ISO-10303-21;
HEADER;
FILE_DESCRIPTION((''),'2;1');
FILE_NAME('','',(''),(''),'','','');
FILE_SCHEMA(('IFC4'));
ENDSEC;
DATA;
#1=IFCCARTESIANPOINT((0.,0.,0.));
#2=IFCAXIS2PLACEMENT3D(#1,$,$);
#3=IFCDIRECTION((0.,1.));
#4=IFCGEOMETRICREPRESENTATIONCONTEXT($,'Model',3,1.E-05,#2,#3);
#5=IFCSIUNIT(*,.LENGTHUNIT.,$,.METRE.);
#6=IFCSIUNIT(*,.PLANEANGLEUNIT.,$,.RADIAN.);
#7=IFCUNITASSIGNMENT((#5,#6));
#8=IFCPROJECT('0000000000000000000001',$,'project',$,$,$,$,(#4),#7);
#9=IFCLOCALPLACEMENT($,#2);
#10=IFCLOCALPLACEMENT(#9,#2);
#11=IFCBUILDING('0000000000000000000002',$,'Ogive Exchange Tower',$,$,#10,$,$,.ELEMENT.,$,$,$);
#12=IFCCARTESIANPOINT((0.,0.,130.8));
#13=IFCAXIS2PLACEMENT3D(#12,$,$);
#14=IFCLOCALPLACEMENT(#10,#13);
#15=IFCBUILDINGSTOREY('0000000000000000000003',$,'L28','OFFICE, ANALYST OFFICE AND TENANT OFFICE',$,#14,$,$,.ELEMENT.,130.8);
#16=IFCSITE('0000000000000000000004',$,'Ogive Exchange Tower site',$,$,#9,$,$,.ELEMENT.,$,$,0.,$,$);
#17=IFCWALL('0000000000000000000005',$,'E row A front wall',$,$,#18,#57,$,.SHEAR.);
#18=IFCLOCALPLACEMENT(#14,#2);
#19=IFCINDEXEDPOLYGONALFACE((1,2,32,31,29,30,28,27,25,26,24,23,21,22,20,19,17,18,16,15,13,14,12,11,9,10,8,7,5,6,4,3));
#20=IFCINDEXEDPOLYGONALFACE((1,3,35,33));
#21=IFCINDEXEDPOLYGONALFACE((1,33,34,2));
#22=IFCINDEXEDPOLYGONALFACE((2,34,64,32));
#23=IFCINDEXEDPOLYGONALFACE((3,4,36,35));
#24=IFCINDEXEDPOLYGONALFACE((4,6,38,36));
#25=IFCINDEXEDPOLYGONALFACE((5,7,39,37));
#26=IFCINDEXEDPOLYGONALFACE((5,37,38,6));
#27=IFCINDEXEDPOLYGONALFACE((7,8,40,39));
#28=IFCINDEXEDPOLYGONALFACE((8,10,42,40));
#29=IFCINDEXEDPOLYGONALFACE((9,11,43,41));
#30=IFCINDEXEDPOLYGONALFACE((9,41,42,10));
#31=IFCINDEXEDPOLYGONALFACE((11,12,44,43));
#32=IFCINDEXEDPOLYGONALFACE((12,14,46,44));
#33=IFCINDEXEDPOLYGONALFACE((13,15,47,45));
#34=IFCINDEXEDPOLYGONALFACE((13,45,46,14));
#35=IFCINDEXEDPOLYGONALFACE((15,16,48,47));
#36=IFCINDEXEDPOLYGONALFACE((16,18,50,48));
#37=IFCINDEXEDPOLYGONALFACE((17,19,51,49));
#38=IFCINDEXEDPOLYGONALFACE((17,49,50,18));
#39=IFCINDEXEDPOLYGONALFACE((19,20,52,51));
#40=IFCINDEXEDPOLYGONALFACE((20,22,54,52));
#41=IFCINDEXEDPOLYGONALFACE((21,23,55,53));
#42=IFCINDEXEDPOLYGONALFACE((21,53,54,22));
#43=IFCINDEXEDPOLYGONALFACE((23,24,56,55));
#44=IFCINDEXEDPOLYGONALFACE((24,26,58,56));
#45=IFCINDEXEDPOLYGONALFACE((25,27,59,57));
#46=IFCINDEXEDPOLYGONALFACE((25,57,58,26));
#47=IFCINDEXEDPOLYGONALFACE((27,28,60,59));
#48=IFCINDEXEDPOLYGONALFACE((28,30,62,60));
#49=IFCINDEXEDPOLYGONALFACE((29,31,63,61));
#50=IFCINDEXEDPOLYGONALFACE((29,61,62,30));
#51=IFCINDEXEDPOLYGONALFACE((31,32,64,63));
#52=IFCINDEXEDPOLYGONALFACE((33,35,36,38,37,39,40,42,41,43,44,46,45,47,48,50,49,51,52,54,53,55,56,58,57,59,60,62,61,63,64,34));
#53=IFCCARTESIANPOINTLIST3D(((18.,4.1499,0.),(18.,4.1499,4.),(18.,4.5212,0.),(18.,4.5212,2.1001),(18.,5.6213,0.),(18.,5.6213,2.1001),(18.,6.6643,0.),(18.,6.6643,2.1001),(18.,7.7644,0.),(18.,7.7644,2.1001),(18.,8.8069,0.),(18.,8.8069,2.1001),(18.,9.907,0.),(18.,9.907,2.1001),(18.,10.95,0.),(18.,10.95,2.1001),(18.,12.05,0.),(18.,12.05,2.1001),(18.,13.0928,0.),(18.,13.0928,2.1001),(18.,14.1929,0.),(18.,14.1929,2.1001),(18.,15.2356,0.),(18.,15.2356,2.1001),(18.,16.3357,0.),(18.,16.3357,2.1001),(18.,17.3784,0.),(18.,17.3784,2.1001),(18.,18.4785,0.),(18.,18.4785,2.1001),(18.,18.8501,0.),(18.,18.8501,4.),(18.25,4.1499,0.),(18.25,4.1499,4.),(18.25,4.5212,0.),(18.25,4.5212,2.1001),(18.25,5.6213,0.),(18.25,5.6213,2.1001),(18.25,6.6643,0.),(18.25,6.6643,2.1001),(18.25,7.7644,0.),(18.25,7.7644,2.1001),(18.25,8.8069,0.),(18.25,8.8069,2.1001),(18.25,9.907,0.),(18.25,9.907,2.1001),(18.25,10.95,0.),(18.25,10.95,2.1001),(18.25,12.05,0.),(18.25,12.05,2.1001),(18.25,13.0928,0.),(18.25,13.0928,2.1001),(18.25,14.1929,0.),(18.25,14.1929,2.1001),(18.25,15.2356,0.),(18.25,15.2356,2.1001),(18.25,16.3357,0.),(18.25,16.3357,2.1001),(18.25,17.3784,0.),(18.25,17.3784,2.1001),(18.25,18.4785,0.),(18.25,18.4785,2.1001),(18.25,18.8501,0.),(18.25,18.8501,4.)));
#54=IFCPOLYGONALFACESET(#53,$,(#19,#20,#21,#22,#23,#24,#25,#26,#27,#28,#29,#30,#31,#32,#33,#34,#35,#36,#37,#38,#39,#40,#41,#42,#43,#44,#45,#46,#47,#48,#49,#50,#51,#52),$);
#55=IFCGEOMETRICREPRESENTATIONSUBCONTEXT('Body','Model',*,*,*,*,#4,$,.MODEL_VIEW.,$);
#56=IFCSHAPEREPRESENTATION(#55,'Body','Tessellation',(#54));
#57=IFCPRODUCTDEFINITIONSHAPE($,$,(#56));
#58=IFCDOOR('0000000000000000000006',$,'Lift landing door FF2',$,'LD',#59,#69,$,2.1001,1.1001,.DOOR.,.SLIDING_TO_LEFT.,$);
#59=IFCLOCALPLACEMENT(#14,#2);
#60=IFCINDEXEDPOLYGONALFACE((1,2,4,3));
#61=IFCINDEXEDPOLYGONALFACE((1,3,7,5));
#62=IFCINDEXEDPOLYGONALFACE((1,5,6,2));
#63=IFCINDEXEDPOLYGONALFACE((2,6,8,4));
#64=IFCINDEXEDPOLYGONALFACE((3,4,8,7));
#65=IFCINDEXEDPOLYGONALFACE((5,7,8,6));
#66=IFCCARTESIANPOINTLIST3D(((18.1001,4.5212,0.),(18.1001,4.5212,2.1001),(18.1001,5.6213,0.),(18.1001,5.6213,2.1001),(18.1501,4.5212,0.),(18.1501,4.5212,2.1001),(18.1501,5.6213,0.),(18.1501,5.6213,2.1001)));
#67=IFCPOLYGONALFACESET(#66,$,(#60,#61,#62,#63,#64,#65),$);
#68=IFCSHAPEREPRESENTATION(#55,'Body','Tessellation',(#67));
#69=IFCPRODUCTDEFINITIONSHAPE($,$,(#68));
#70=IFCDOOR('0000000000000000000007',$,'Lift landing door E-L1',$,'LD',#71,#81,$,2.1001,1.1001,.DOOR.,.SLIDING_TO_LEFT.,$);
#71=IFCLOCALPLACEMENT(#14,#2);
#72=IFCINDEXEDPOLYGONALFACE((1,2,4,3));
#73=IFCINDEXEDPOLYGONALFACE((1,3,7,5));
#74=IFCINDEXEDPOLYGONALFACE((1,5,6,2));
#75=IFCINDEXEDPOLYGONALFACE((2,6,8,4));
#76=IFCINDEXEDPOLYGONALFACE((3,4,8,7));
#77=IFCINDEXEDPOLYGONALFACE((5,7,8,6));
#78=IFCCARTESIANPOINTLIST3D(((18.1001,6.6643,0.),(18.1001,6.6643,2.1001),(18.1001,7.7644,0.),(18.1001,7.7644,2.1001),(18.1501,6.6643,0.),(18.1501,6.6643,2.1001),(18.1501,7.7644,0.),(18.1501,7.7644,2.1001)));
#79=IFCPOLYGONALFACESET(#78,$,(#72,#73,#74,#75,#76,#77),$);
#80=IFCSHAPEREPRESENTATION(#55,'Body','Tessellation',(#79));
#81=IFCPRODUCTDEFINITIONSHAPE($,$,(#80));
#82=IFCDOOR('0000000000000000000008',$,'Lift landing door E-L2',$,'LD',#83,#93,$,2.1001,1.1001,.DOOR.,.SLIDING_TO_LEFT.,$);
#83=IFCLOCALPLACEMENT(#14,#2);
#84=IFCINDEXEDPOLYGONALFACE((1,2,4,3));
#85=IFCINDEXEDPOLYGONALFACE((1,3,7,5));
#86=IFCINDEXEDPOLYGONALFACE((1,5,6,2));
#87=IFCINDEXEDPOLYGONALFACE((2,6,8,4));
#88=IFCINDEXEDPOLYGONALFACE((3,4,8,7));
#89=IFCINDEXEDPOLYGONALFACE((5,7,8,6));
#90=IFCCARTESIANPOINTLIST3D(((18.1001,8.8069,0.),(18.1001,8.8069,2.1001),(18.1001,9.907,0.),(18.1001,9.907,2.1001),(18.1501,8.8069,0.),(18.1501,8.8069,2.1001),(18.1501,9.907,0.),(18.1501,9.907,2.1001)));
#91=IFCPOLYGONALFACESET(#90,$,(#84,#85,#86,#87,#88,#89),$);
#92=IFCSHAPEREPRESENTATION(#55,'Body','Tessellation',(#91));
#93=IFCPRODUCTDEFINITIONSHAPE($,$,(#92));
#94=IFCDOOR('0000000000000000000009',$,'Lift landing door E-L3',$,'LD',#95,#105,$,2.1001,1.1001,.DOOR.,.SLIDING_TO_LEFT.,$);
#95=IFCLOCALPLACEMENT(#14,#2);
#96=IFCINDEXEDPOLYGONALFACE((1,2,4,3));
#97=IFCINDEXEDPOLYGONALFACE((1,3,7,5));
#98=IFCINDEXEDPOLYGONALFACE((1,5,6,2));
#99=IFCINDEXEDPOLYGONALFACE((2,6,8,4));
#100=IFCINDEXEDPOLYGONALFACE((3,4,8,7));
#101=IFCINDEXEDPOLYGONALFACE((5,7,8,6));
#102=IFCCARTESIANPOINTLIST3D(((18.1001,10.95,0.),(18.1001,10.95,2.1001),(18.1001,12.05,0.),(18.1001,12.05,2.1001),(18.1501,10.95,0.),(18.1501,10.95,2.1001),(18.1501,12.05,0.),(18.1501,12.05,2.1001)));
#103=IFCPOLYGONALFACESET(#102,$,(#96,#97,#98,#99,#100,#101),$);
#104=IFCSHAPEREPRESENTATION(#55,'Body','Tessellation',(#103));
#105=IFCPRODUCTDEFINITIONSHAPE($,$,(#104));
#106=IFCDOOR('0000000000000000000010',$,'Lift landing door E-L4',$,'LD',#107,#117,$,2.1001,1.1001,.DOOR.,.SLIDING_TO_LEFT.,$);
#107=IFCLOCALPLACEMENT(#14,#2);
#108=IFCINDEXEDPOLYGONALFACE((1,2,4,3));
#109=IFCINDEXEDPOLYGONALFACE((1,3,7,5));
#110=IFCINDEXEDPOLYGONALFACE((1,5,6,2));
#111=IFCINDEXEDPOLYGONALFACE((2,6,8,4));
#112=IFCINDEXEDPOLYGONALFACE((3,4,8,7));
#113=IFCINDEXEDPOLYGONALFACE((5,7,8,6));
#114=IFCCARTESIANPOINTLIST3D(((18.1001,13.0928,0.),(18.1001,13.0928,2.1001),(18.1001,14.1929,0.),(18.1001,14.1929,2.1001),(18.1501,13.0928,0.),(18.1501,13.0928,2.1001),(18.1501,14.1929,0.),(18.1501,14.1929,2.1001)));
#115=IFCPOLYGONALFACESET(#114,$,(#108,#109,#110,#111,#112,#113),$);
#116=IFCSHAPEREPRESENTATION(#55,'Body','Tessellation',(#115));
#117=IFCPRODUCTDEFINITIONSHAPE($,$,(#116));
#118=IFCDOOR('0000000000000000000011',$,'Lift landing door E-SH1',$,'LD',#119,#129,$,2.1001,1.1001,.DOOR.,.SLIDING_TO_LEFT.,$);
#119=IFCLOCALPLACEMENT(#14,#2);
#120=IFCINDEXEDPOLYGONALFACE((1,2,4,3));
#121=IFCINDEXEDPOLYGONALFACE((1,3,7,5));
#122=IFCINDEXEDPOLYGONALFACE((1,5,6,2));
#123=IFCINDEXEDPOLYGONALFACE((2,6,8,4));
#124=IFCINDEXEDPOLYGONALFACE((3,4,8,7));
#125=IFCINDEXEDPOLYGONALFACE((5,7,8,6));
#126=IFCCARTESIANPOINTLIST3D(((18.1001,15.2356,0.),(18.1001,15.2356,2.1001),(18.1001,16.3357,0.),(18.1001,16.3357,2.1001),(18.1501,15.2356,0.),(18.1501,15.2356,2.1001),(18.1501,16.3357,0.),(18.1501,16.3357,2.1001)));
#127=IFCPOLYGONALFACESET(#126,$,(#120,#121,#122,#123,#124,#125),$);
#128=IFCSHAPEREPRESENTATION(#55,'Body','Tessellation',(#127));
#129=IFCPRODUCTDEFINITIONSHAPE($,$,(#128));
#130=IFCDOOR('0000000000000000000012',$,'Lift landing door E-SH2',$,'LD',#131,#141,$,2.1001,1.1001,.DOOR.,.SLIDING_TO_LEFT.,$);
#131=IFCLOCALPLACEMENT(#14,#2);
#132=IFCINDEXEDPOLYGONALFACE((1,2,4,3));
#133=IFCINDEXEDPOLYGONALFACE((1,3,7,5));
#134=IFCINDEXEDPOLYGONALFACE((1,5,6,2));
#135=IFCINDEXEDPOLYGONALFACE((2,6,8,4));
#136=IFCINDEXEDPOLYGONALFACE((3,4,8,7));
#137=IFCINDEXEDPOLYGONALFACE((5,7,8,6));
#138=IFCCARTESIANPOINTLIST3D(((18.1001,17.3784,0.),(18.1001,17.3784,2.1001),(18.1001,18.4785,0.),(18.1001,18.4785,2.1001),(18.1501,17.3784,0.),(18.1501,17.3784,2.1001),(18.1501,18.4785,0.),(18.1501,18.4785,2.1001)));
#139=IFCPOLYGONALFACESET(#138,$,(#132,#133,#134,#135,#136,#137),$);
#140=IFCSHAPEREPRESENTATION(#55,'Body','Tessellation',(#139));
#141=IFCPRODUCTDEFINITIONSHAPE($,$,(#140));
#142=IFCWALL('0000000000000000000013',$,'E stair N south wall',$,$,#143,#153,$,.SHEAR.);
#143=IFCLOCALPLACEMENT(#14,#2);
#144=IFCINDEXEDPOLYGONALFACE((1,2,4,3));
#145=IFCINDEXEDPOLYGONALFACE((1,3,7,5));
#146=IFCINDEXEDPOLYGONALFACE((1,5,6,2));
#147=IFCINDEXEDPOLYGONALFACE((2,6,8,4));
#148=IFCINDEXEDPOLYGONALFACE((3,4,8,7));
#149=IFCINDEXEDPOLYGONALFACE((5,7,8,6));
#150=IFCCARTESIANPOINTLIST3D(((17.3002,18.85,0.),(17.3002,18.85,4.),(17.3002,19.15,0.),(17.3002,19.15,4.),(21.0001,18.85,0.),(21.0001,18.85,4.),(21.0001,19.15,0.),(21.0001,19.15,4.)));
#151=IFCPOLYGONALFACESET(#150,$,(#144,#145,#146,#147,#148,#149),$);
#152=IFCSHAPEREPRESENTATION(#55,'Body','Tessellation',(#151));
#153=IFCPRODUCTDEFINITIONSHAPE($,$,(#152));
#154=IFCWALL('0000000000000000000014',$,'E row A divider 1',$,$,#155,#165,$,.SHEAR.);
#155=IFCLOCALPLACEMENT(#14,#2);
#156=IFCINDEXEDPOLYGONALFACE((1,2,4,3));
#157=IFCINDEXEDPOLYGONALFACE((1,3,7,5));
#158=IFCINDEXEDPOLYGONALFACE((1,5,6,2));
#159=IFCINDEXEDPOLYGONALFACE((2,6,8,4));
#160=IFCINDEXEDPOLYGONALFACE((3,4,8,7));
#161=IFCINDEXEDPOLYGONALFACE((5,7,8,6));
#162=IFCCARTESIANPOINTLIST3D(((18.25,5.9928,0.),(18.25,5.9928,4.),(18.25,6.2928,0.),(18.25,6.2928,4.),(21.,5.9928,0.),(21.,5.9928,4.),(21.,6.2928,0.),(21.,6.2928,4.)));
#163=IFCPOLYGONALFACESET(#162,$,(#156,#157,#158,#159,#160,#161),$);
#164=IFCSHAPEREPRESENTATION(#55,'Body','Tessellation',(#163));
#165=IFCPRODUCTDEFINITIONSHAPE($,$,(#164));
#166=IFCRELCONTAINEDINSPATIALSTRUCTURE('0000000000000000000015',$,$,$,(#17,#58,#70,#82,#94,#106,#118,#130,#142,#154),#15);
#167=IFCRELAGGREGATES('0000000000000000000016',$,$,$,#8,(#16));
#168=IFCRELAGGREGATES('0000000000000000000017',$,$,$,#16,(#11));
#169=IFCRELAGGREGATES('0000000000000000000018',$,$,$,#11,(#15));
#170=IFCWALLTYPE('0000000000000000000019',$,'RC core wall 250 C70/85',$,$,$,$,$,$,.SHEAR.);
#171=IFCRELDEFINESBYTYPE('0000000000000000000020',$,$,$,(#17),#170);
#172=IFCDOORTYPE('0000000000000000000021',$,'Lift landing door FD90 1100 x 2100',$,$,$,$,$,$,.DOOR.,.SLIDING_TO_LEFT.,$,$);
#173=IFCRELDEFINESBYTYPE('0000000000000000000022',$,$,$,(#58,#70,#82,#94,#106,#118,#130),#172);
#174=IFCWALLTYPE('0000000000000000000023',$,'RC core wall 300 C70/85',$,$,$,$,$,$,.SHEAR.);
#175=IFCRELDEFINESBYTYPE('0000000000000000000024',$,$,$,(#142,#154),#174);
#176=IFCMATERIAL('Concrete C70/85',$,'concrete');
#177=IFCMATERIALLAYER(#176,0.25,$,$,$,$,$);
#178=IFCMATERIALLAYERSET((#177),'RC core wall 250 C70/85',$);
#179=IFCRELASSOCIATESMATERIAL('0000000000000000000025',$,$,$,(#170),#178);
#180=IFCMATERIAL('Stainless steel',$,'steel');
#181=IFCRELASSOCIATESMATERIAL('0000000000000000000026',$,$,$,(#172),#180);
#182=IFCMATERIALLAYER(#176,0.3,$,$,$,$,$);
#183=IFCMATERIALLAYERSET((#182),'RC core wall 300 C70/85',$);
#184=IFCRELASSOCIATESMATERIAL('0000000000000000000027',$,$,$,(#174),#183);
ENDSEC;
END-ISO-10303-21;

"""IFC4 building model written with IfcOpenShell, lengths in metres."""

from ifc_helpers import new_model, si_unit, direction, frame, frame_2d, origin, place, context, subcontext, project, spatial, rectangle, extrude, material, layer, layer_set, type_object, element, fill, save


model = new_model("IFC4")

# Units and contexts
model_context = context("Model", 3, precision=1e-05, world=origin(), true_north=direction((0.0, 1.0)))
body_context = subcontext(model_context, "Body", "Model", "MODEL_VIEW")
ifc_project = project(units=[si_unit("LENGTHUNIT", "METRE"), si_unit("PLANEANGLEUNIT", "RADIAN")], contexts=[model_context])

# Site, building, storey
site_placement = place(None, origin())
site = spatial("IfcSite", under=ifc_project, at=site_placement, Name="Ogive Exchange Tower site", CompositionType="ELEMENT", RefElevation=0.0)
building_placement = place(site_placement, origin())
building = spatial("IfcBuilding", under=site, at=building_placement, Name="Ogive Exchange Tower", CompositionType="ELEMENT")
storey_placement = place(building_placement, frame((0.0, 0.0, 130.8)))
storey = spatial("IfcBuildingStorey", under=building, at=storey_placement, Name="L28", Description="OFFICE, ANALYST OFFICE AND TENANT OFFICE", CompositionType="ELEMENT", Elevation=130.8)

# Shared definitions
ifc_material_1 = material(Name="Concrete C70/85", Category="concrete")
ifc_layer_1 = layer(ifc_material_1, 0.25)
ifc_layer_set_1 = layer_set([ifc_layer_1], Name="RC core wall 250 C70/85")
wall_type_1 = type_object("IfcWallType", Name="RC core wall 250 C70/85", PredefinedType="SHEAR", material=ifc_layer_set_1)

# Wall, openings, doors
wall_1_placement = place(storey_placement, frame((18.125, 4.1499, 0.0), z_axis=(0.0, 0.0, 1.0), x_axis=(0.0, 1.0, 0.0)))
wall_1 = element("IfcWall", 1, at=wall_1_placement, inside=storey, type_object=wall_type_1, Name="E row A front wall", PredefinedType="SHEAR", context=body_context, shape_type="SweptSolid", body=[
    extrude(rectangle(XDim=14.7002, YDim=0.25, at=frame_2d((7.3501, 0.0))), origin(), (0.0, 0.0, 1.0), 4.0),
])
opening_1_placement = place(wall_1_placement, frame((0.3713, 0.0, 0.0)))
opening_1 = element("IfcOpeningElement", 2, at=opening_1_placement, cuts=wall_1, PredefinedType="OPENING", context=body_context, shape_type="SweptSolid", body=[
    extrude(rectangle(XDim=1.1001, YDim=2.1001, at=frame_2d((0.55, 1.05))), frame((0.0, 0.135, 0.0), z_axis=(0.0, -1.0, 0.0), x_axis=(1.0, 0.0, 0.0)), (0.0, 0.0, 1.0), 0.27),
])
opening_2_placement = place(wall_1_placement, frame((2.5144, 0.0, 0.0)))
opening_2 = element("IfcOpeningElement", 3, at=opening_2_placement, cuts=wall_1, PredefinedType="OPENING", context=body_context, shape_type="SweptSolid", body=[
    extrude(rectangle(XDim=1.1001, YDim=2.1001, at=frame_2d((0.55, 1.05))), frame((0.0, 0.135, 0.0), z_axis=(0.0, -1.0, 0.0), x_axis=(1.0, 0.0, 0.0)), (0.0, 0.0, 1.0), 0.27),
])
opening_3_placement = place(wall_1_placement, frame((4.657, 0.0, 0.0)))
opening_3 = element("IfcOpeningElement", 4, at=opening_3_placement, cuts=wall_1, PredefinedType="OPENING", context=body_context, shape_type="SweptSolid", body=[
    extrude(rectangle(XDim=1.1001, YDim=2.1001, at=frame_2d((0.55, 1.05))), frame((0.0, 0.135, 0.0), z_axis=(0.0, -1.0, 0.0), x_axis=(1.0, 0.0, 0.0)), (0.0, 0.0, 1.0), 0.27),
])
opening_4_placement = place(wall_1_placement, frame((6.8, 0.0, 0.0)))
opening_4 = element("IfcOpeningElement", 5, at=opening_4_placement, cuts=wall_1, PredefinedType="OPENING", context=body_context, shape_type="SweptSolid", body=[
    extrude(rectangle(XDim=1.1001, YDim=2.1001, at=frame_2d((0.55, 1.05))), frame((0.0, 0.135, 0.0), z_axis=(0.0, -1.0, 0.0), x_axis=(1.0, 0.0, 0.0)), (0.0, 0.0, 1.0), 0.27),
])
opening_5_placement = place(wall_1_placement, frame((8.9429, 0.0, 0.0)))
opening_5 = element("IfcOpeningElement", 6, at=opening_5_placement, cuts=wall_1, PredefinedType="OPENING", context=body_context, shape_type="SweptSolid", body=[
    extrude(rectangle(XDim=1.1001, YDim=2.1001, at=frame_2d((0.55, 1.05))), frame((0.0, 0.135, 0.0), z_axis=(0.0, -1.0, 0.0), x_axis=(1.0, 0.0, 0.0)), (0.0, 0.0, 1.0), 0.27),
])
opening_6_placement = place(wall_1_placement, frame((11.0857, 0.0, 0.0)))
opening_6 = element("IfcOpeningElement", 7, at=opening_6_placement, cuts=wall_1, PredefinedType="OPENING", context=body_context, shape_type="SweptSolid", body=[
    extrude(rectangle(XDim=1.1001, YDim=2.1001, at=frame_2d((0.55, 1.05))), frame((0.0, 0.135, 0.0), z_axis=(0.0, -1.0, 0.0), x_axis=(1.0, 0.0, 0.0)), (0.0, 0.0, 1.0), 0.27),
])
opening_7_placement = place(wall_1_placement, frame((13.2285, 0.0, 0.0)))
opening_7 = element("IfcOpeningElement", 8, at=opening_7_placement, cuts=wall_1, PredefinedType="OPENING", context=body_context, shape_type="SweptSolid", body=[
    extrude(rectangle(XDim=1.1001, YDim=2.1001, at=frame_2d((0.55, 1.05))), frame((0.0, 0.135, 0.0), z_axis=(0.0, -1.0, 0.0), x_axis=(1.0, 0.0, 0.0)), (0.0, 0.0, 1.0), 0.27),
])
ifc_material_2 = material(Name="Stainless steel", Category="steel")
door_type_1 = type_object("IfcDoorType", Name="Lift landing door FD90 1100 x 2100", OperationType="SLIDING_TO_LEFT", PredefinedType="DOOR", material=ifc_material_2)
door_1_placement = place(opening_1_placement, origin())
door_1 = element("IfcDoor", 9, at=door_1_placement, inside=storey, type_object=door_type_1, Name="Lift landing door FF2", ObjectType="LD", OperationType="SLIDING_TO_LEFT", OverallHeight=2.1001, OverallWidth=1.1001, PredefinedType="DOOR", context=body_context, shape_type="SweptSolid", body=[
    extrude(rectangle(XDim=1.1001, YDim=2.1001, at=frame_2d((0.55, 1.05))), frame((0.0, 0.0249, 0.0), z_axis=(0.0, -1.0, 0.0), x_axis=(1.0, 0.0, 0.0)), (0.0, 0.0, 1.0), 0.05),
])
fill(opening_1, door_1)
door_2_placement = place(opening_2_placement, origin())
door_2 = element("IfcDoor", 10, at=door_2_placement, inside=storey, type_object=door_type_1, Name="Lift landing door E-L1", ObjectType="LD", OperationType="SLIDING_TO_LEFT", OverallHeight=2.1001, OverallWidth=1.1001, PredefinedType="DOOR", context=body_context, shape_type="SweptSolid", body=[
    extrude(rectangle(XDim=1.1001, YDim=2.1001, at=frame_2d((0.55, 1.05))), frame((0.0, 0.0249, 0.0), z_axis=(0.0, -1.0, 0.0), x_axis=(1.0, 0.0, 0.0)), (0.0, 0.0, 1.0), 0.05),
])
fill(opening_2, door_2)
door_3_placement = place(opening_3_placement, origin())
door_3 = element("IfcDoor", 11, at=door_3_placement, inside=storey, type_object=door_type_1, Name="Lift landing door E-L2", ObjectType="LD", OperationType="SLIDING_TO_LEFT", OverallHeight=2.1001, OverallWidth=1.1001, PredefinedType="DOOR", context=body_context, shape_type="SweptSolid", body=[
    extrude(rectangle(XDim=1.1001, YDim=2.1001, at=frame_2d((0.55, 1.05))), frame((0.0, 0.0249, 0.0), z_axis=(0.0, -1.0, 0.0), x_axis=(1.0, 0.0, 0.0)), (0.0, 0.0, 1.0), 0.05),
])
fill(opening_3, door_3)
door_4_placement = place(opening_4_placement, origin())
door_4 = element("IfcDoor", 12, at=door_4_placement, inside=storey, type_object=door_type_1, Name="Lift landing door E-L3", ObjectType="LD", OperationType="SLIDING_TO_LEFT", OverallHeight=2.1001, OverallWidth=1.1001, PredefinedType="DOOR", context=body_context, shape_type="SweptSolid", body=[
    extrude(rectangle(XDim=1.1001, YDim=2.1001, at=frame_2d((0.55, 1.05))), frame((0.0, 0.0249, 0.0), z_axis=(0.0, -1.0, 0.0), x_axis=(1.0, 0.0, 0.0)), (0.0, 0.0, 1.0), 0.05),
])
fill(opening_4, door_4)
door_5_placement = place(opening_5_placement, origin())
door_5 = element("IfcDoor", 13, at=door_5_placement, inside=storey, type_object=door_type_1, Name="Lift landing door E-L4", ObjectType="LD", OperationType="SLIDING_TO_LEFT", OverallHeight=2.1001, OverallWidth=1.1001, PredefinedType="DOOR", context=body_context, shape_type="SweptSolid", body=[
    extrude(rectangle(XDim=1.1001, YDim=2.1001, at=frame_2d((0.55, 1.05))), frame((0.0, 0.0249, 0.0), z_axis=(0.0, -1.0, 0.0), x_axis=(1.0, 0.0, 0.0)), (0.0, 0.0, 1.0), 0.05),
])
fill(opening_5, door_5)
door_6_placement = place(opening_6_placement, origin())
door_6 = element("IfcDoor", 14, at=door_6_placement, inside=storey, type_object=door_type_1, Name="Lift landing door E-SH1", ObjectType="LD", OperationType="SLIDING_TO_LEFT", OverallHeight=2.1001, OverallWidth=1.1001, PredefinedType="DOOR", context=body_context, shape_type="SweptSolid", body=[
    extrude(rectangle(XDim=1.1001, YDim=2.1001, at=frame_2d((0.55, 1.05))), frame((0.0, 0.0249, 0.0), z_axis=(0.0, -1.0, 0.0), x_axis=(1.0, 0.0, 0.0)), (0.0, 0.0, 1.0), 0.05),
])
fill(opening_6, door_6)
door_7_placement = place(opening_7_placement, origin())
door_7 = element("IfcDoor", 15, at=door_7_placement, inside=storey, type_object=door_type_1, Name="Lift landing door E-SH2", ObjectType="LD", OperationType="SLIDING_TO_LEFT", OverallHeight=2.1001, OverallWidth=1.1001, PredefinedType="DOOR", context=body_context, shape_type="SweptSolid", body=[
    extrude(rectangle(XDim=1.1001, YDim=2.1001, at=frame_2d((0.55, 1.05))), frame((0.0, 0.0249, 0.0), z_axis=(0.0, -1.0, 0.0), x_axis=(1.0, 0.0, 0.0)), (0.0, 0.0, 1.0), 0.05),
])
fill(opening_7, door_7)

# Walls
ifc_layer_2 = layer(ifc_material_1, 0.3)
ifc_layer_set_2 = layer_set([ifc_layer_2], Name="RC core wall 300 C70/85")
wall_type_2 = type_object("IfcWallType", Name="RC core wall 300 C70/85", PredefinedType="SHEAR", material=ifc_layer_set_2)
wall_2_placement = place(storey_placement, frame((17.3, 19.0, 0.0), z_axis=(0.0, 0.0, 1.0), x_axis=(1.0, 0.0, 0.0)))
element("IfcWall", 16, at=wall_2_placement, inside=storey, type_object=wall_type_2, Name="E stair N south wall", PredefinedType="SHEAR", context=body_context, shape_type="SweptSolid", body=[
    extrude(rectangle(XDim=3.7, YDim=0.3, at=frame_2d((1.8501, 0.0))), origin(), (0.0, 0.0, 1.0), 4.0),
])
for number, where, z_axis, x_axis, name in (
    (17, (18.25, 6.1428, 0.0), (0.0, 0.0, 1.0), (1.0, 0.0, 0.0), "E row A divider 1"),
):
    element("IfcWall", number, at=place(storey_placement, frame(where, z_axis=z_axis, x_axis=x_axis)), inside=storey, type_object=wall_type_2, Name=name, PredefinedType="SHEAR", context=body_context, shape_type="SweptSolid", body=[
        extrude(rectangle(XDim=2.75, YDim=0.3, at=frame_2d((1.375, 0.0))), origin(), (0.0, 0.0, 1.0), 4.0),
    ])

save(model, "model.ifc")
